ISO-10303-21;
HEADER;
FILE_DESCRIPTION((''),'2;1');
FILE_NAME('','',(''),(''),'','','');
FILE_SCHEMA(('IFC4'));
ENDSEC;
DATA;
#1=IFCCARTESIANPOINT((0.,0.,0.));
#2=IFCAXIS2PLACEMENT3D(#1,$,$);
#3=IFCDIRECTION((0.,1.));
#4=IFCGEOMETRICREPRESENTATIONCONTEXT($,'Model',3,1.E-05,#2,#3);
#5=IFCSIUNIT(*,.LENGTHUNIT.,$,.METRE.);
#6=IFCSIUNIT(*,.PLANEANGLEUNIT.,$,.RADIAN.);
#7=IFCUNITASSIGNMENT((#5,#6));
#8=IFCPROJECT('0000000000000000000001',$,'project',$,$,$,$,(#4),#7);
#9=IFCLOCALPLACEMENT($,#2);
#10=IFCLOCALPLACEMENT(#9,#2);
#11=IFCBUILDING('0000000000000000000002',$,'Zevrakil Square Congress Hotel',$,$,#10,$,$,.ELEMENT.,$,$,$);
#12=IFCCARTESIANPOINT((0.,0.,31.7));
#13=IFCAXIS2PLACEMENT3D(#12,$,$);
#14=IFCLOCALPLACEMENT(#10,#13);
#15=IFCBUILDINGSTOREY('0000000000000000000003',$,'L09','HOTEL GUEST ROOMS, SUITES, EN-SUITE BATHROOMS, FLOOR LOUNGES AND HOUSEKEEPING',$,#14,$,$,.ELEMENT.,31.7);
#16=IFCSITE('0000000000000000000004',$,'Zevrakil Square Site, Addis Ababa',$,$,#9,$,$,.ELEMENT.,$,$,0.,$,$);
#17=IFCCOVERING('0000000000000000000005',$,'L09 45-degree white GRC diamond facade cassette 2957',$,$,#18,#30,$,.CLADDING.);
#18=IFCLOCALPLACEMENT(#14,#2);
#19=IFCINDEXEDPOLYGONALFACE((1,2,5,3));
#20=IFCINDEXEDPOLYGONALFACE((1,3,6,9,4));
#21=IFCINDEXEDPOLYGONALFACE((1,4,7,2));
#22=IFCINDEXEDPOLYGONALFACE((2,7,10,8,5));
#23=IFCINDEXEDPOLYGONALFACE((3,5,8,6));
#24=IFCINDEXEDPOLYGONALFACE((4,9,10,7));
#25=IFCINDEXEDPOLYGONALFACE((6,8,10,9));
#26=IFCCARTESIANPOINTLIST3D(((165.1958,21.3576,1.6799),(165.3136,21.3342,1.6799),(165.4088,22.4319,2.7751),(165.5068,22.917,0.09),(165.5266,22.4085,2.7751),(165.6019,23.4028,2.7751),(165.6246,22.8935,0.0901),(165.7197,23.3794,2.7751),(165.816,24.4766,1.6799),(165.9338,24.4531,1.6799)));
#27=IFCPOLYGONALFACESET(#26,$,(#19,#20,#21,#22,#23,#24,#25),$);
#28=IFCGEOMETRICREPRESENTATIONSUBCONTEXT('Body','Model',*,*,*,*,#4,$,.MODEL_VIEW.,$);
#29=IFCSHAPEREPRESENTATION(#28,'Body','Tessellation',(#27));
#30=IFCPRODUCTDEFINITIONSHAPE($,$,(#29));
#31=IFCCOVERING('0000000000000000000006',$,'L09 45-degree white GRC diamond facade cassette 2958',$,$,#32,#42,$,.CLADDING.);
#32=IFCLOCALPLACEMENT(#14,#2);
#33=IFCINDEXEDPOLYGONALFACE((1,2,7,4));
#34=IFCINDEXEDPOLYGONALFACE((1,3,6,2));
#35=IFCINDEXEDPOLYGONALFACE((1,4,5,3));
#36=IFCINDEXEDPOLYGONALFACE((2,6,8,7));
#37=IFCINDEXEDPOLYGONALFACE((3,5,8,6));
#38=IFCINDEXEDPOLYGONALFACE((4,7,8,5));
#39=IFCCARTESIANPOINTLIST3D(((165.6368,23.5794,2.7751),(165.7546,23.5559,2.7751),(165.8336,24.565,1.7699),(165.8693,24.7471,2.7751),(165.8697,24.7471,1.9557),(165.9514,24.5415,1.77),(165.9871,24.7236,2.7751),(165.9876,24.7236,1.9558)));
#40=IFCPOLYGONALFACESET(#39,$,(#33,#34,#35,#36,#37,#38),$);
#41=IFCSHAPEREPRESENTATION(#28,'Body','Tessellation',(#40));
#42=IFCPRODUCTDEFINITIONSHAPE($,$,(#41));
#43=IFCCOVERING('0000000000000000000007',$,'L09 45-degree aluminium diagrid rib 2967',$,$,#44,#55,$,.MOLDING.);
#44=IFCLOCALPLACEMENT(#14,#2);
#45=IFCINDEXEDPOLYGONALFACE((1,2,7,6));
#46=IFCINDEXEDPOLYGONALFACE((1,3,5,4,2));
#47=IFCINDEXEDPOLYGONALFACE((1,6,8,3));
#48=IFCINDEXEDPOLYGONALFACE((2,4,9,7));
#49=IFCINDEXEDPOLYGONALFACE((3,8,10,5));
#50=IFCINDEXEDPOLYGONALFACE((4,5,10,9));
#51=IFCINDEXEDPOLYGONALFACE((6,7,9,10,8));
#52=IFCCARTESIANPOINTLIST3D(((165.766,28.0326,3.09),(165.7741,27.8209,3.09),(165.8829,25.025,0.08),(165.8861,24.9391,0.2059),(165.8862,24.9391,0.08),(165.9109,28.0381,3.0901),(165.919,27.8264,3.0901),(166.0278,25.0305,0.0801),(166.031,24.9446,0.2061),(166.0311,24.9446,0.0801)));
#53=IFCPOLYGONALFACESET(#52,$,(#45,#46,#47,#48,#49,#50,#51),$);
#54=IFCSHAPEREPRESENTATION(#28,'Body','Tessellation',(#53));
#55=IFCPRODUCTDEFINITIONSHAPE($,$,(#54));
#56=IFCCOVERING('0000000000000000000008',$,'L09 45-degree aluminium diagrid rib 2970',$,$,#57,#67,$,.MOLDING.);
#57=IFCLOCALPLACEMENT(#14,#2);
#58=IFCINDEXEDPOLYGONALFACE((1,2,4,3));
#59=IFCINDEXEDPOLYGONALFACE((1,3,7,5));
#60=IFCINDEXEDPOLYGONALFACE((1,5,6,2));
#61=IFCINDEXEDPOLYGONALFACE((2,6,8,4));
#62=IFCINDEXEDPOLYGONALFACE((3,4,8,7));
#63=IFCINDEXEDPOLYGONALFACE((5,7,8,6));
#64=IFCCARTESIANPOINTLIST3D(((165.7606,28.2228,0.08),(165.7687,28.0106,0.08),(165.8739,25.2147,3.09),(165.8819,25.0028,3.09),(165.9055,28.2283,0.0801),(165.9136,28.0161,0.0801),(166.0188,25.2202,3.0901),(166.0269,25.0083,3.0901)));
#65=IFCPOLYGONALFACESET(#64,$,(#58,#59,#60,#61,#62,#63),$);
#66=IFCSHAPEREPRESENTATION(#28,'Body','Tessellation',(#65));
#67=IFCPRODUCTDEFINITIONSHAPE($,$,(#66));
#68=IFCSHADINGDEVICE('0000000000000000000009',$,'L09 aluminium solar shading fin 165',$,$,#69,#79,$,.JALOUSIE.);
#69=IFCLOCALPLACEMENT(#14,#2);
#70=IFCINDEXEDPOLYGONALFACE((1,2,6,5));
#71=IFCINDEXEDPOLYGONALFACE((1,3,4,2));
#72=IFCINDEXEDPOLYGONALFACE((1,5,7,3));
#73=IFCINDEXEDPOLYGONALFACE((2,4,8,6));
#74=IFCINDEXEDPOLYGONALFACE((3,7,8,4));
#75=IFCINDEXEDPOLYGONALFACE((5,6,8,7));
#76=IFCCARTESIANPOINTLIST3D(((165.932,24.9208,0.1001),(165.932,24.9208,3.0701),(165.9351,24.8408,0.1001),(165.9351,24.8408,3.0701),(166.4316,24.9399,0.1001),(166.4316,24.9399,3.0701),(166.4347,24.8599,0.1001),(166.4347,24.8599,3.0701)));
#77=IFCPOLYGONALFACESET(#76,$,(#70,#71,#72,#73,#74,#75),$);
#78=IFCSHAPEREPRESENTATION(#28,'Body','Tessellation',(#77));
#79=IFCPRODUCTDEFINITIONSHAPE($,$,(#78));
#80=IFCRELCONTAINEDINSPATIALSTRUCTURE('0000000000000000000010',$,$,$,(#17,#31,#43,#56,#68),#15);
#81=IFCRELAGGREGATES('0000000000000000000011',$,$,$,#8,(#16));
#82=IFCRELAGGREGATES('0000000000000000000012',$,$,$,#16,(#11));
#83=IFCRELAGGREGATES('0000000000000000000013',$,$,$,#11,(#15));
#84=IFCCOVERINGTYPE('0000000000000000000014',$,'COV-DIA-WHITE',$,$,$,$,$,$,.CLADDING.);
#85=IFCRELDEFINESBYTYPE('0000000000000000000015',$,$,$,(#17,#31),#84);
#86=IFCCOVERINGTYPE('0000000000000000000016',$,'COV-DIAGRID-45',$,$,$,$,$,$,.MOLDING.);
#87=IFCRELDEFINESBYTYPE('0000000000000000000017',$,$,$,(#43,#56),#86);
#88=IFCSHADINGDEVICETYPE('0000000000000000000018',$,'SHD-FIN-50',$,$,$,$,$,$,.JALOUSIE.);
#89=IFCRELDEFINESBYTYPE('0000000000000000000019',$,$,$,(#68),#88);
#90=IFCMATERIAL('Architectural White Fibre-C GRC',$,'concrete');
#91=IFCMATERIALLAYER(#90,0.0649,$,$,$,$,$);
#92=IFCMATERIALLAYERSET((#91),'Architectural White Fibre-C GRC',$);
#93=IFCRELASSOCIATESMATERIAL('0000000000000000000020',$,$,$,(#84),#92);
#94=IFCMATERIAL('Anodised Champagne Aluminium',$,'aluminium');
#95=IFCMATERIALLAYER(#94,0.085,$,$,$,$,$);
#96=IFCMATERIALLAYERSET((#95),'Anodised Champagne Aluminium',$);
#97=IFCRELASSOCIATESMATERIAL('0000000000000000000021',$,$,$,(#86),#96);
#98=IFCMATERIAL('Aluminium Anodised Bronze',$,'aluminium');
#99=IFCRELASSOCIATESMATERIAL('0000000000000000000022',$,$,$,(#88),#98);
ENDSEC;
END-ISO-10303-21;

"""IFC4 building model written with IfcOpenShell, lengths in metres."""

from ifc_helpers import new_model, si_unit, direction, frame, origin, origin_2d, place, context, subcontext, project, spatial, polyline, rectangle, outline, extrude, material, layer, layer_set, type_object, element, save


model = new_model("IFC4")

# Units and contexts
model_context = context("Model", 3, precision=1e-05, world=origin(), true_north=direction((0.0, 1.0)))
body_context = subcontext(model_context, "Body", "Model", "MODEL_VIEW")
ifc_project = project(units=[si_unit("LENGTHUNIT", "METRE"), si_unit("PLANEANGLEUNIT", "RADIAN")], contexts=[model_context])

# Site, building, storey
site_placement = place(None, origin())
site = spatial("IfcSite", under=ifc_project, at=site_placement, Name="Zevrakil Square Site, Addis Ababa", CompositionType="ELEMENT", RefElevation=0.0)
building_placement = place(site_placement, origin())
building = spatial("IfcBuilding", under=site, at=building_placement, Name="Zevrakil Square Congress Hotel", CompositionType="ELEMENT")
storey_placement = place(building_placement, frame((0.0, 0.0, 31.7)))
storey = spatial("IfcBuildingStorey", under=building, at=storey_placement, Name="L09", Description="HOTEL GUEST ROOMS, SUITES, EN-SUITE BATHROOMS, FLOOR LOUNGES AND HOUSEKEEPING", CompositionType="ELEMENT", Elevation=31.7)

# Coverings
ifc_material_1 = material(Name="Architectural White Fibre-C GRC", Category="concrete")
ifc_layer_1 = layer(ifc_material_1, 0.0649)
ifc_layer_set_1 = layer_set([ifc_layer_1], Name="Architectural White Fibre-C GRC")
covering_type_1 = type_object("IfcCoveringType", Name="COV-DIA-WHITE", PredefinedType="CLADDING", material=ifc_layer_set_1)
covering_1_placement = place(storey_placement, frame((165.9338, 24.4531, 1.6799), z_axis=(0.980792, -0.195055, 0.000565), x_axis=(-0.137537, -0.693626, -0.707083)))
element("IfcCovering", 1, at=covering_1_placement, inside=storey, type_object=covering_type_1, Name="L09 45-degree white GRC diamond facade cassette 2957", PredefinedType="CLADDING", context=body_context, shape_type="SweptSolid", body=[
    extrude(outline(polyline([(0.0, 0.0), (2.2485, 0.0), (2.2487, -2.2485), (0.6998, -2.2486), (-0.0002, -1.5487), (0.0, 0.0)])), origin(), (0.0, 0.0, -1.0), 0.1201),
])
covering_2_placement = place(storey_placement, frame((165.9514, 24.5415, 1.77), z_axis=(0.980762, -0.195205, 0.000591), x_axis=(-0.138435, -0.693395, 0.707135)))
element("IfcCovering", 2, at=covering_2_placement, inside=storey, type_object=covering_type_1, Name="L09 45-degree white GRC diamond facade cassette 2958", PredefinedType="CLADDING", context=body_context, shape_type="SweptSolid", body=[
    extrude(outline(polyline([(0.0, 0.0), (1.4214, 0.0), (0.5795, -0.8419), (0.0001, -0.2627), (0.0, 0.0)])), origin(), (0.0, 0.0, -1.0), 0.1201),
])
ifc_material_2 = material(Name="Anodised Champagne Aluminium", Category="aluminium")
ifc_layer_2 = layer(ifc_material_2, 0.085)
ifc_layer_set_2 = layer_set([ifc_layer_2], Name="Anodised Champagne Aluminium")
covering_type_2 = type_object("IfcCoveringType", Name="COV-DIAGRID-45", PredefinedType="MOLDING", material=ifc_layer_set_2)
covering_3_placement = place(storey_placement, frame((166.0278, 25.0305, 0.0801), z_axis=(0.999276, 0.03804, 0.000799), x_axis=(0.03804, -0.999276, 0.000001)))
element("IfcCovering", 3, at=covering_3_placement, inside=storey, type_object=covering_type_2, Name="L09 45-degree aluminium diagrid rib 2967", PredefinedType="MOLDING", context=body_context, shape_type="SweptSolid", body=[
    extrude(outline(polyline([(0.0, 0.0), (0.086, 0.0), (0.086, -0.126), (-2.798, -3.01), (-3.0098, -3.01), (0.0, 0.0)])), origin(), (0.0, 0.0, -1.0), 0.145),
])
covering_4_placement = place(storey_placement, frame((166.0269, 25.0083, 3.0901), z_axis=(0.999279, 0.037969, 0.000335), x_axis=(-0.037969, 0.999279, 0.0)))
element("IfcCovering", 4, at=covering_4_placement, inside=storey, type_object=covering_type_2, Name="L09 45-degree aluminium diagrid rib 2970", PredefinedType="MOLDING", context=body_context, shape_type="SweptSolid", body=[
    extrude(outline(polyline([(0.0, 0.0), (0.2121, 0.0), (3.2223, -3.01), (3.0099, -3.01), (0.0, 0.0)])), origin(), (0.0, 0.0, -1.0), 0.145),
])

# Shading device
ifc_material_3 = material(Name="Aluminium Anodised Bronze", Category="aluminium")
shading_device_type = type_object("IfcShadingDeviceType", Name="SHD-FIN-50", PredefinedType="JALOUSIE", material=ifc_material_3)
shading_device_placement = place(storey_placement, frame((166.1833, 24.8904, 0.1001), z_axis=(0.0, 0.0, 1.0), x_axis=(0.99927, 0.038213, 0.0)))
element("IfcShadingDevice", 5, at=shading_device_placement, inside=storey, type_object=shading_device_type, Name="L09 aluminium solar shading fin 165", PredefinedType="JALOUSIE", context=body_context, shape_type="SweptSolid", body=[
    extrude(rectangle(XDim=0.5, YDim=0.0801, at=origin_2d()), origin(), (0.0, 0.0, 1.0), 2.97),
])

save(model, "model.ifc")
